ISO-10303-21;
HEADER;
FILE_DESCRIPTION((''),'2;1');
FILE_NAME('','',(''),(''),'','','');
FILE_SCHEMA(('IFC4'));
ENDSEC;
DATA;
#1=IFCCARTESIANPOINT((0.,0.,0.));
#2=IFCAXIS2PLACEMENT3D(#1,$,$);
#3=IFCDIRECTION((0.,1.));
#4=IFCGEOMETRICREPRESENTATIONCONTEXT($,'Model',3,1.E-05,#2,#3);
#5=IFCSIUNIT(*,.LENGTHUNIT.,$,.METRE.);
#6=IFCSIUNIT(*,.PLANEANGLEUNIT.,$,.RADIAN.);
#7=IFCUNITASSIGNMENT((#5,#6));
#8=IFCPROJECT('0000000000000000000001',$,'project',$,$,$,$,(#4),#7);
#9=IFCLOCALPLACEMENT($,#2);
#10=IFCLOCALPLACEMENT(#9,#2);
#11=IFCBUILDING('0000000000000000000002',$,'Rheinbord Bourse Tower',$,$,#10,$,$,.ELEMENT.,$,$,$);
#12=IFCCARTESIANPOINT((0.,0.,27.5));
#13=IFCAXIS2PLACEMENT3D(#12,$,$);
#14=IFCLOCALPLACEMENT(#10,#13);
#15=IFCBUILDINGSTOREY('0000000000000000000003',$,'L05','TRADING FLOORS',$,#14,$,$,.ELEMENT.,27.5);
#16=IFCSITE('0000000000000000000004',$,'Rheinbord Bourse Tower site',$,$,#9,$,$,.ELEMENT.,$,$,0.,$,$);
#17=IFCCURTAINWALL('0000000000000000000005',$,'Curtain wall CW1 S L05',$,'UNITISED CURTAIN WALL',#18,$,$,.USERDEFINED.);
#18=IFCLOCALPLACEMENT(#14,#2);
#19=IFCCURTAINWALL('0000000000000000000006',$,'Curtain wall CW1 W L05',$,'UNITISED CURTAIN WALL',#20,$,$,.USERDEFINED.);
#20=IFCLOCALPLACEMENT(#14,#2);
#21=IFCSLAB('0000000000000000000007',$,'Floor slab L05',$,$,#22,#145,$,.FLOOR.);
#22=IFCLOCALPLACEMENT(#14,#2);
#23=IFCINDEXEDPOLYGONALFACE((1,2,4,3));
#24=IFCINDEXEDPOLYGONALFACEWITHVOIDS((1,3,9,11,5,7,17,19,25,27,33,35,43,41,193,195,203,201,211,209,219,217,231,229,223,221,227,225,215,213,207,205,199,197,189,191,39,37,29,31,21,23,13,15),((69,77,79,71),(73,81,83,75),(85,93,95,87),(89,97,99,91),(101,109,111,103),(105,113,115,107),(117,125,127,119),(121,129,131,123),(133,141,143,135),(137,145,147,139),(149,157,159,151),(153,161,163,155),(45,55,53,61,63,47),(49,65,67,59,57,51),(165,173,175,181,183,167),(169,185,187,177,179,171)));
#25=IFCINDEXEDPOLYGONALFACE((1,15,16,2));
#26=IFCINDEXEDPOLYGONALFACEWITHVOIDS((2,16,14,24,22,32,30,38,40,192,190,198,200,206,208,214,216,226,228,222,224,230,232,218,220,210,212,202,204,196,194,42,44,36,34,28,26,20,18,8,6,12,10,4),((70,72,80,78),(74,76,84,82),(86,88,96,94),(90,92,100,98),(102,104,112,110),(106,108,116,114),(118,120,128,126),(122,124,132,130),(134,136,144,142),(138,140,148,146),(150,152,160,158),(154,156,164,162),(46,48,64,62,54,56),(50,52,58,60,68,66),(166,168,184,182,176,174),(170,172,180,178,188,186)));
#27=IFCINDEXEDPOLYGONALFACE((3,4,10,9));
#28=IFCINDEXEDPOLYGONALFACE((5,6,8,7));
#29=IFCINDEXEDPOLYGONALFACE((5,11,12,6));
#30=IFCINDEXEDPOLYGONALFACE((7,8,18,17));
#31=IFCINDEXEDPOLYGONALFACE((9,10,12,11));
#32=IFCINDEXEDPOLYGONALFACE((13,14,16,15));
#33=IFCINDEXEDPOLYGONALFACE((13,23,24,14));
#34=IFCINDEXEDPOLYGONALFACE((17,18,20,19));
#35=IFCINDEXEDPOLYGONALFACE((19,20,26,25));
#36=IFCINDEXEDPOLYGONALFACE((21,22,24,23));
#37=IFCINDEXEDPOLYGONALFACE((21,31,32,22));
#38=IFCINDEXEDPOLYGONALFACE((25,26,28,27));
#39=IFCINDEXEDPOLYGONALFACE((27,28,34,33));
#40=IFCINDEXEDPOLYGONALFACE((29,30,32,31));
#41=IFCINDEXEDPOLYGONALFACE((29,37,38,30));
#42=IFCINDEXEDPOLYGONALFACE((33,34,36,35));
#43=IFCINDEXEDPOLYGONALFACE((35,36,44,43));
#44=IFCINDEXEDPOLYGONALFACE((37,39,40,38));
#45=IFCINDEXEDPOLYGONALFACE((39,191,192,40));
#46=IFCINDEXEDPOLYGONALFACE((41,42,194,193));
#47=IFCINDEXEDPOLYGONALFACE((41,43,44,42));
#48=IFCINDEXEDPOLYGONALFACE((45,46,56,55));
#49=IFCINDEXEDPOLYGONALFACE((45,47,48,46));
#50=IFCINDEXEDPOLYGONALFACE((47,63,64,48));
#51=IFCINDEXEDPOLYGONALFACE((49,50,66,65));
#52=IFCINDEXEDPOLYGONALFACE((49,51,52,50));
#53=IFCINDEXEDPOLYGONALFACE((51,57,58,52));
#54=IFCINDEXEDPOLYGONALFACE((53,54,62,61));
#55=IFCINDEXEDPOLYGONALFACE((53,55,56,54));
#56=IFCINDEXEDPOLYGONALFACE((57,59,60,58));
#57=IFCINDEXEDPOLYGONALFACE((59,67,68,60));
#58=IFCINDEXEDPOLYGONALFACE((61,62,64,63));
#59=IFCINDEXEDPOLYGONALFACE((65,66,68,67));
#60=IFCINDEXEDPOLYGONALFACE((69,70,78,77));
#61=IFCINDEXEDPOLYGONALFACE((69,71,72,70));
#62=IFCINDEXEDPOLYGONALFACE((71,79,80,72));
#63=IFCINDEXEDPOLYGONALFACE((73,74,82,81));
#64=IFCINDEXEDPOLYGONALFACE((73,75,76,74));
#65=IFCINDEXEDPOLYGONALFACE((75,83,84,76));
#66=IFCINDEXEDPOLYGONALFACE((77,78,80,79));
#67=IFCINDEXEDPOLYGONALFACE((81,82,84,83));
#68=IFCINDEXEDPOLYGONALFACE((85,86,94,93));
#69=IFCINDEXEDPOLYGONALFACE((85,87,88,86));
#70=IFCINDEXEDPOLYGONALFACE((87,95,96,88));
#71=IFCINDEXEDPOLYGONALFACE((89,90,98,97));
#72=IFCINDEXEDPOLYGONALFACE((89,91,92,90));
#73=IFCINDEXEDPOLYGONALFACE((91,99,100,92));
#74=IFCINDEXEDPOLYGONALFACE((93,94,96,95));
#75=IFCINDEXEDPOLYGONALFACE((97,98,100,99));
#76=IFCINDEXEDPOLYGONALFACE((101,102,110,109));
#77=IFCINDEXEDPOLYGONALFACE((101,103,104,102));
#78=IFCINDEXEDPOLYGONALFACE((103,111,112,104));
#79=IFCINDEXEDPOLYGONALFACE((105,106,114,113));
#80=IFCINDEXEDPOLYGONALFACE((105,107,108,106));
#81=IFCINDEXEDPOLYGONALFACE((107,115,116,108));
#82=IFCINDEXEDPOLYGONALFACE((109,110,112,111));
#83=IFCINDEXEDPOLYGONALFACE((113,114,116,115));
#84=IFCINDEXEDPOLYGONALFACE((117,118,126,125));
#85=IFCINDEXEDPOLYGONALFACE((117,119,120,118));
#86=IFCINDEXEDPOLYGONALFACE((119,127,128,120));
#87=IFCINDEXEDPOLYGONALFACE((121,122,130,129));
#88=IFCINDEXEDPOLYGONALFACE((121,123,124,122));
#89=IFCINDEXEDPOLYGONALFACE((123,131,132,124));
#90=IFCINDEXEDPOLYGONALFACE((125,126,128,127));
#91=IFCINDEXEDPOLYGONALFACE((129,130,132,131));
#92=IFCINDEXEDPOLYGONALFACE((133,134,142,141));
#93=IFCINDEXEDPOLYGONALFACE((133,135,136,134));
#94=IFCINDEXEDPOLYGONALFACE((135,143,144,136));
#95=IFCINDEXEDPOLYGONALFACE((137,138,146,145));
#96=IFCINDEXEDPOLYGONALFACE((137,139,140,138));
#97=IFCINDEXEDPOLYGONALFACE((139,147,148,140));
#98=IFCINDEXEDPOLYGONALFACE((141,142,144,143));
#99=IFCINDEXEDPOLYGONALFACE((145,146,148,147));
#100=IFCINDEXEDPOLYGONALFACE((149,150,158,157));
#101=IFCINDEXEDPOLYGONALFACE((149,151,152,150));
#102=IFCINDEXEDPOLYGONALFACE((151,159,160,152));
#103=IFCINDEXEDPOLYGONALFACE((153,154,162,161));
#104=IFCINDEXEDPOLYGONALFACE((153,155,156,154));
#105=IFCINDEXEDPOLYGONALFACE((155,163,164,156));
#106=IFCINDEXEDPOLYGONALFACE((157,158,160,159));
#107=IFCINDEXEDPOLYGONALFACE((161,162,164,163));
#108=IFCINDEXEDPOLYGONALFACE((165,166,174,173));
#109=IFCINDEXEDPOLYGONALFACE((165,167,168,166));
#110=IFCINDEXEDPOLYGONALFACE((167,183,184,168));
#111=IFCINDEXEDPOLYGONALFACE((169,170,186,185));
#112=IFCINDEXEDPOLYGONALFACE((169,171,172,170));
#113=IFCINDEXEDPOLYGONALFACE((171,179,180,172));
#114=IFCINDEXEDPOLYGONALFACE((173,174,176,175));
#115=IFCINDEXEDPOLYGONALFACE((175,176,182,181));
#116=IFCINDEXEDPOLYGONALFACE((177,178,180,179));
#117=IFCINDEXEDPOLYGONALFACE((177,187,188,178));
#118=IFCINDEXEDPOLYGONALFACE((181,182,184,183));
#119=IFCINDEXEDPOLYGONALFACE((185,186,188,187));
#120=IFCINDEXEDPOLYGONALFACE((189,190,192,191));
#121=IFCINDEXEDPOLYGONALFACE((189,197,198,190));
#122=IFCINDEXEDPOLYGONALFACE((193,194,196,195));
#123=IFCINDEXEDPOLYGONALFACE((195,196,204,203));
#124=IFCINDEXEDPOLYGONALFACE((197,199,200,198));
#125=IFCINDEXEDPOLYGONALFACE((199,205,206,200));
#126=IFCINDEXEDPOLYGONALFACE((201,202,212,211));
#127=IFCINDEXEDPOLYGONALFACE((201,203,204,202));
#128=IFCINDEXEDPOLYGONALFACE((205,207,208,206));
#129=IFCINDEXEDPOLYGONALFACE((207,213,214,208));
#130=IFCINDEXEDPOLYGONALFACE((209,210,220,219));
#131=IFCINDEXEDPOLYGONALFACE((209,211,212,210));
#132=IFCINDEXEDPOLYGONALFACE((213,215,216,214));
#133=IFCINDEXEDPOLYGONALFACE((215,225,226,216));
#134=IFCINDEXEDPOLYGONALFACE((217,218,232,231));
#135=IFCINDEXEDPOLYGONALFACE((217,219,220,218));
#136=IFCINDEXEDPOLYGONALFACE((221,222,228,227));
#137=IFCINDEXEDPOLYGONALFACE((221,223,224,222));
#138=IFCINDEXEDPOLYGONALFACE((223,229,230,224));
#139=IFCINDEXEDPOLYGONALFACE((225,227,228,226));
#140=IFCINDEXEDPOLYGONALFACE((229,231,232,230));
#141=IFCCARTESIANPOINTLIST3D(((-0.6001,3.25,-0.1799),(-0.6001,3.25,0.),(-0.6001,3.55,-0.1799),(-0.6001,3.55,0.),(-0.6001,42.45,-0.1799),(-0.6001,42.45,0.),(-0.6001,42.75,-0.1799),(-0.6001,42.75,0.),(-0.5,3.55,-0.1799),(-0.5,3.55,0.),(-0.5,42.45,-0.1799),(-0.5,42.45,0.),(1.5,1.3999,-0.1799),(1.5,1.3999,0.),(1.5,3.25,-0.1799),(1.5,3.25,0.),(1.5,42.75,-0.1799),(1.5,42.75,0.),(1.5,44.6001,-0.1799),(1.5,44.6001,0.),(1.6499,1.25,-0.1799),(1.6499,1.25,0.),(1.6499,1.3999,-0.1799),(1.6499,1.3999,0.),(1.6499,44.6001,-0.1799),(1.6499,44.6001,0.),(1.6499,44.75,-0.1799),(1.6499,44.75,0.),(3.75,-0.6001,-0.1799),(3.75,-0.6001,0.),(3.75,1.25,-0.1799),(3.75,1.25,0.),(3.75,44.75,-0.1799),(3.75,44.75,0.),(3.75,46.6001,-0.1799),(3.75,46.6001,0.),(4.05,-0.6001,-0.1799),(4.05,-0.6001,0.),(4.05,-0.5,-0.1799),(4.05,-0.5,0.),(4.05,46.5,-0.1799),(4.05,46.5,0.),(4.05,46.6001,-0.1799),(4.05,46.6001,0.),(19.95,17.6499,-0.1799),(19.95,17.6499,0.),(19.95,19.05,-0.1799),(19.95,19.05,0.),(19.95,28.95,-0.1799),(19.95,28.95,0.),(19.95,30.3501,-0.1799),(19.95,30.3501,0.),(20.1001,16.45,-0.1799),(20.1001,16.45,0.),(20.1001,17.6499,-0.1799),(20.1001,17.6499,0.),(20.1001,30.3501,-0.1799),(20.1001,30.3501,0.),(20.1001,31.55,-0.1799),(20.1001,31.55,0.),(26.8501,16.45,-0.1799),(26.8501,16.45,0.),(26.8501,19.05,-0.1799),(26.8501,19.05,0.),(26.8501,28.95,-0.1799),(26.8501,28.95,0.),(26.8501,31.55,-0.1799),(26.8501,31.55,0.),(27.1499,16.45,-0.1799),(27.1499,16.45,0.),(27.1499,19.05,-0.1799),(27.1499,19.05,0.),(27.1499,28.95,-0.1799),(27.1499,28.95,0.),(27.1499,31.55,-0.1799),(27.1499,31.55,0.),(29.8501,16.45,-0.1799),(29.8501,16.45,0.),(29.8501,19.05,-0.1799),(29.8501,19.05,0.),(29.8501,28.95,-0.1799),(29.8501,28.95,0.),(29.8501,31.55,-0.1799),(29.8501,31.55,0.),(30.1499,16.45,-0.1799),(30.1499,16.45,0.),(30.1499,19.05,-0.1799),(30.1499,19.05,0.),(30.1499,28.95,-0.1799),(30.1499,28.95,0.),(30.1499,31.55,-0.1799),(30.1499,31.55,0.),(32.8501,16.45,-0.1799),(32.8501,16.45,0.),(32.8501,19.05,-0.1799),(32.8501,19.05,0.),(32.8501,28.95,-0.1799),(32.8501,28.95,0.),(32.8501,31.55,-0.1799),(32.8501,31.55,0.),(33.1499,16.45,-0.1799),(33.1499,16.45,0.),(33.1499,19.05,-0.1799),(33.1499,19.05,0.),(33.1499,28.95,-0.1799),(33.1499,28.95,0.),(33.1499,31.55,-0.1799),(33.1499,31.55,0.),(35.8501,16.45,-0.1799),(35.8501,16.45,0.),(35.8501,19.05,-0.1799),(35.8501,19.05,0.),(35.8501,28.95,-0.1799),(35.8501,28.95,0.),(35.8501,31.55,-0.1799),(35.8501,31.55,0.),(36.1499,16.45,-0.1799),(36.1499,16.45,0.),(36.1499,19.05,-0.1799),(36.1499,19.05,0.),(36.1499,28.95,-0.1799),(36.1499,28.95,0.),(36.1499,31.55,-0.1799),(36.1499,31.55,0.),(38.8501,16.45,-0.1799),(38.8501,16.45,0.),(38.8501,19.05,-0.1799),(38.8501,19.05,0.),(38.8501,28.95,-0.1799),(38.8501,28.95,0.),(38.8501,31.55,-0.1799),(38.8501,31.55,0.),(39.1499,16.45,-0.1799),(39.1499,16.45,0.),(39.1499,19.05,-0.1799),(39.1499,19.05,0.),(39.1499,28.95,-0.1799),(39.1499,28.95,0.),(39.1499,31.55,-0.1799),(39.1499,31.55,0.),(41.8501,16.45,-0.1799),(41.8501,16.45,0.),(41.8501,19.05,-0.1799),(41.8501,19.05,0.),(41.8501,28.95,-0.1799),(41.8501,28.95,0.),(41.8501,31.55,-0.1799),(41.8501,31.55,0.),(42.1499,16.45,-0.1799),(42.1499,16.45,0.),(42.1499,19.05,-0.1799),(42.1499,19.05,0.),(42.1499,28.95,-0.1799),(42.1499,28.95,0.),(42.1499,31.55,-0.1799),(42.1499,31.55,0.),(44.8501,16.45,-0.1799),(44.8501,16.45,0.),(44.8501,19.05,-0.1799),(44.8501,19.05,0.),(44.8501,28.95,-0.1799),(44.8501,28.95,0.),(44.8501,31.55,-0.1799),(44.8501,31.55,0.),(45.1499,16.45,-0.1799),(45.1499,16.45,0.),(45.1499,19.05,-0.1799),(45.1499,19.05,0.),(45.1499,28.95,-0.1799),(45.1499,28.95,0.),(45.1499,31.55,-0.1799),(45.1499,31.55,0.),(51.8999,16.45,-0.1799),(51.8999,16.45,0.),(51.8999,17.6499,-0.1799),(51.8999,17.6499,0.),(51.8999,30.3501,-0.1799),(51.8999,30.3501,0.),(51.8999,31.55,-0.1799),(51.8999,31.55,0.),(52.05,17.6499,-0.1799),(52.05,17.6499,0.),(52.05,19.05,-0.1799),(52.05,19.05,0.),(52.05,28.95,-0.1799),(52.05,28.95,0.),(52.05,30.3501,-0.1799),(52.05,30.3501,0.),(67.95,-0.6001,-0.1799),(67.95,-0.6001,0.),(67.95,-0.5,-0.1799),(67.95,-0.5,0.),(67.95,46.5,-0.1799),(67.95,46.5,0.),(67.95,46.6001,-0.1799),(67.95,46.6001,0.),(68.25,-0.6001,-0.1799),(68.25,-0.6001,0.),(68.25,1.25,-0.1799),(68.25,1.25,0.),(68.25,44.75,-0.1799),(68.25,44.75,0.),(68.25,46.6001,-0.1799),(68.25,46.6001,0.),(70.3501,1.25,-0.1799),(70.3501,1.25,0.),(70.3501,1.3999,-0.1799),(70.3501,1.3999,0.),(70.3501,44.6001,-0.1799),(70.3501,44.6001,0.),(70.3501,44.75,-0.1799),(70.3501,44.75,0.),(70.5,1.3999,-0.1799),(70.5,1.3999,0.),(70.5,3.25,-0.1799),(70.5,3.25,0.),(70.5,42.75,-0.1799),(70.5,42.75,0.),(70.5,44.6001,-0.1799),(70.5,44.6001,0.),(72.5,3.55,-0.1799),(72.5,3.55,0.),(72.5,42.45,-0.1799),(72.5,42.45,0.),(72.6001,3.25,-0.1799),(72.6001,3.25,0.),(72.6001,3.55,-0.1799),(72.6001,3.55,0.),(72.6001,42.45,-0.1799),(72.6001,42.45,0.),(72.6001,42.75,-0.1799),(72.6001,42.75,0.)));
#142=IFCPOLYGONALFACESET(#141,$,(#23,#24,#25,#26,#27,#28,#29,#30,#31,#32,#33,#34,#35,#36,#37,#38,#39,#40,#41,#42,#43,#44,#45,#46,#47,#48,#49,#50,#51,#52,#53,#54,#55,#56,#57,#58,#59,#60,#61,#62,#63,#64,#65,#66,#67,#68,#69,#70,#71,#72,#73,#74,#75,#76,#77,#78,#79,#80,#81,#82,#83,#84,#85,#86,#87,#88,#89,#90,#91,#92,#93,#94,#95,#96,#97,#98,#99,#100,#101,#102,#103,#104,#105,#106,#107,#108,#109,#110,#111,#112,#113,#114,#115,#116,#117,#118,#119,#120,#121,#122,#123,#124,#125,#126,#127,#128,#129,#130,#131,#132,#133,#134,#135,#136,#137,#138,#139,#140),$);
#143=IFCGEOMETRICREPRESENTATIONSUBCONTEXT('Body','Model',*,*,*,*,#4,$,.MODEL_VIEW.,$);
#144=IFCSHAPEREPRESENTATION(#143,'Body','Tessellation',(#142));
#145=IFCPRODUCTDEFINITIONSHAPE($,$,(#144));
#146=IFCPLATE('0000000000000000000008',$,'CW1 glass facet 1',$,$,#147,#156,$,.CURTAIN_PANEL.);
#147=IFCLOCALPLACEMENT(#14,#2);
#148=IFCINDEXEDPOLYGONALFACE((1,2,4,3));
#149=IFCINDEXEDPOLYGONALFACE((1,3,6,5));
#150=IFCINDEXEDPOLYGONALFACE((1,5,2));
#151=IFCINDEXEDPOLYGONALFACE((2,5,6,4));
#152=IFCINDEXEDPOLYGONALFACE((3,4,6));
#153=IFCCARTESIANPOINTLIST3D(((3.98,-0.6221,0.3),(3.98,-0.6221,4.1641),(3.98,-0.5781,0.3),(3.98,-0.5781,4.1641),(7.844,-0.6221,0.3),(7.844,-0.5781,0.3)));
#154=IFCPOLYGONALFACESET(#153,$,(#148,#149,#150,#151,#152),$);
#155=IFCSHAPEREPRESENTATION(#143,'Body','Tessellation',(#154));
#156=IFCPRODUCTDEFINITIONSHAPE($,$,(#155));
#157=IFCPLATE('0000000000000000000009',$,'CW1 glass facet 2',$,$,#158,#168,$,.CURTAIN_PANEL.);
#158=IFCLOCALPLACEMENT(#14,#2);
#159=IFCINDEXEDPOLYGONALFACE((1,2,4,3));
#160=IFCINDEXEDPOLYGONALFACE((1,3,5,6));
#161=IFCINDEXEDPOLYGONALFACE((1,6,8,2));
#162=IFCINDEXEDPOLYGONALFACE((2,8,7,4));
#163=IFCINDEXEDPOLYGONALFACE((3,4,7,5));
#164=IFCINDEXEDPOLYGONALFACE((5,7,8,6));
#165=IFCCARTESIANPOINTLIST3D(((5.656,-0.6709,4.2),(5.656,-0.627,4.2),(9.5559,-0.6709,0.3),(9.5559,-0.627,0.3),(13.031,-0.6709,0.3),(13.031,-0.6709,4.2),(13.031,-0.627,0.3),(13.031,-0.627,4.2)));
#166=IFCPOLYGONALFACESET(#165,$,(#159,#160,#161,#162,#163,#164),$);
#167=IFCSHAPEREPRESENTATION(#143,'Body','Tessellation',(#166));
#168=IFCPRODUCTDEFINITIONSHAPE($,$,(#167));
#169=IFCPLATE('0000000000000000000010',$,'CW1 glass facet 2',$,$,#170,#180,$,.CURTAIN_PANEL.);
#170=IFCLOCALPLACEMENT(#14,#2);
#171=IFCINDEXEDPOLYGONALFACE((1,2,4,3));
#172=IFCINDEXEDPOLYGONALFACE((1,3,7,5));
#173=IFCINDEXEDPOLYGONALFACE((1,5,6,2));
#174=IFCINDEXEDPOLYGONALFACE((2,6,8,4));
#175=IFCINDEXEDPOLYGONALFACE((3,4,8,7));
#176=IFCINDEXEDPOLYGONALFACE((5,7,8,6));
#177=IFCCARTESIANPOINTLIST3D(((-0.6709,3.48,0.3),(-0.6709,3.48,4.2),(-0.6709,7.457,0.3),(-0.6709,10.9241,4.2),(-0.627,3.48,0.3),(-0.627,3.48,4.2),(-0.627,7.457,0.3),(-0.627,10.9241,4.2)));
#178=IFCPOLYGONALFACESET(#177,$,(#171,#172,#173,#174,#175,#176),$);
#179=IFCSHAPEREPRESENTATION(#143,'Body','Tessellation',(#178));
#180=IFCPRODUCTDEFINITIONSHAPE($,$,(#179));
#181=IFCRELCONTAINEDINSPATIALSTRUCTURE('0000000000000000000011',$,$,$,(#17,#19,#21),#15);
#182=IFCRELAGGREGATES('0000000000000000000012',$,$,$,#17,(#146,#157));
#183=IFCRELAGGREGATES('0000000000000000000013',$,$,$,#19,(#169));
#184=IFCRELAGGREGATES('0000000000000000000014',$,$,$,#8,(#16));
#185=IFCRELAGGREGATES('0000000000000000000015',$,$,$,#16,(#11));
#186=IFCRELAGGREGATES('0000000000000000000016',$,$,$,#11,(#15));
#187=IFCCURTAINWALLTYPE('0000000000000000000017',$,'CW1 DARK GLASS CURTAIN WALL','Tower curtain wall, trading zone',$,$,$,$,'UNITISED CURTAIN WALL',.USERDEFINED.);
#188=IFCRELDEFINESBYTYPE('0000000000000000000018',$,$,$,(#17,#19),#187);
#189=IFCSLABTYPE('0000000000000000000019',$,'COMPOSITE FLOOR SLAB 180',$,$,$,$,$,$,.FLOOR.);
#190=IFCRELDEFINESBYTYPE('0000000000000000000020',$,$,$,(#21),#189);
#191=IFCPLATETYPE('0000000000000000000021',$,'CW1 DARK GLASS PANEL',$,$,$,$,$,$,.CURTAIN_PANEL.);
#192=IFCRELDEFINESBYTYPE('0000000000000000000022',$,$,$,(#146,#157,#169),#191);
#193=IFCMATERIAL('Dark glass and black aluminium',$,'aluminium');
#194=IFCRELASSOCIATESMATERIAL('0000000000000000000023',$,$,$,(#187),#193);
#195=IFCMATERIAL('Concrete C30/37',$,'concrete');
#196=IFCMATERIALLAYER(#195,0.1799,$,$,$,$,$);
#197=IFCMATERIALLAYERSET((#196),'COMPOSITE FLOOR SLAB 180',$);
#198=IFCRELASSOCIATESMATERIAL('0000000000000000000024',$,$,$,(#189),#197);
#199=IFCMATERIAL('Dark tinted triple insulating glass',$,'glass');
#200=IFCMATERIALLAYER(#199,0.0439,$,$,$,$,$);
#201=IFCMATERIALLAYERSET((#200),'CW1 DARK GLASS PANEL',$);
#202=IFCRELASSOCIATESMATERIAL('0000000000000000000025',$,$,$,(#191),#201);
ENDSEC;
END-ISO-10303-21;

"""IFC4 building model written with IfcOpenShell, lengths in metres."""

from ifc_helpers import new_model, si_unit, direction, frame, origin, place, context, subcontext, project, spatial, polyline, outline, extrude, material, layer, layer_set, type_object, element, aggregate, save


model = new_model("IFC4")

# Units and contexts
model_context = context("Model", 3, precision=1e-05, world=origin(), true_north=direction((0.0, 1.0)))
body_context = subcontext(model_context, "Body", "Model", "MODEL_VIEW")
ifc_project = project(units=[si_unit("LENGTHUNIT", "METRE"), si_unit("PLANEANGLEUNIT", "RADIAN")], contexts=[model_context])

# Site, building, storey
site_placement = place(None, origin())
site = spatial("IfcSite", under=ifc_project, at=site_placement, Name="Rheinbord Bourse Tower site", CompositionType="ELEMENT", RefElevation=0.0)
building_placement = place(site_placement, origin())
building = spatial("IfcBuilding", under=site, at=building_placement, Name="Rheinbord Bourse Tower", CompositionType="ELEMENT")
storey_placement = place(building_placement, frame((0.0, 0.0, 27.5)))
storey = spatial("IfcBuildingStorey", under=building, at=storey_placement, Name="L05", Description="TRADING FLOORS", CompositionType="ELEMENT", Elevation=27.5)

# Curtain wall
ifc_material_1 = material(Name="Dark glass and black aluminium", Category="aluminium")
curtain_wall_type = type_object("IfcCurtainWallType", Name="CW1 DARK GLASS CURTAIN WALL", Description="Tower curtain wall, trading zone", ElementType="UNITISED CURTAIN WALL", PredefinedType="USERDEFINED", material=ifc_material_1)
curtain_wall_1_placement = place(storey_placement, origin())
curtain_wall_1 = element("IfcCurtainWall", 1, at=curtain_wall_1_placement, inside=storey, type_object=curtain_wall_type, Name="Curtain wall CW1 S L05", ObjectType="UNITISED CURTAIN WALL", PredefinedType="USERDEFINED")

# Curtain wall
curtain_wall_2_placement = place(storey_placement, origin())
curtain_wall_2 = element("IfcCurtainWall", 2, at=curtain_wall_2_placement, inside=storey, type_object=curtain_wall_type, Name="Curtain wall CW1 W L05", ObjectType="UNITISED CURTAIN WALL", PredefinedType="USERDEFINED")

# Slab
ifc_material_2 = material(Name="Concrete C30/37", Category="concrete")
ifc_layer_1 = layer(ifc_material_2, 0.1799)
ifc_layer_set_1 = layer_set([ifc_layer_1], Name="COMPOSITE FLOOR SLAB 180")
slab_type_1 = type_object("IfcSlabType", Name="COMPOSITE FLOOR SLAB 180", PredefinedType="FLOOR", material=ifc_layer_set_1)
slab_1_placement = place(storey_placement, frame((0.0, 0.0, -0.1799)))
element("IfcSlab", 3, at=slab_1_placement, inside=storey, type_object=slab_type_1, Name="Floor slab L05", PredefinedType="FLOOR", context=body_context, shape_type="SweptSolid", body=[
    extrude(outline(polyline([(1.6499, 1.3999), (1.5, 1.3999), (1.5, 3.25), (-0.6001, 3.25), (-0.6001, 3.55), (-0.5, 3.55), (-0.5, 42.45), (-0.6001, 42.45), (-0.6001, 42.75), (1.5, 42.75), (1.5, 44.6001), (1.6499, 44.6001), (1.6499, 44.75), (3.75, 44.75), (3.75, 46.6001), (4.05, 46.6001), (4.05, 46.5), (67.95, 46.5), (67.95, 46.6001), (68.25, 46.6001), (68.25, 44.75), (70.3501, 44.75), (70.3501, 44.6001), (70.5, 44.6001), (70.5, 42.75), (72.6001, 42.75), (72.6001, 42.45), (72.5, 42.45), (72.5, 3.55), (72.6001, 3.55), (72.6001, 3.25), (70.5, 3.25), (70.5, 1.3999), (70.3501, 1.3999), (70.3501, 1.25), (68.25, 1.25), (68.25, -0.6001), (67.95, -0.6001), (67.95, -0.5), (4.05, -0.5), (4.05, -0.6001), (3.75, -0.6001), (3.75, 1.25), (1.6499, 1.25), (1.6499, 1.3999)]), holes=[polyline([(19.95, 19.05), (26.8501, 19.05), (26.8501, 16.45), (20.1001, 16.45), (20.1001, 17.6499), (19.95, 17.6499), (19.95, 19.05)]), polyline([(26.8501, 31.55), (26.8501, 28.95), (19.95, 28.95), (19.95, 30.3501), (20.1001, 30.3501), (20.1001, 31.55), (26.8501, 31.55)]), polyline([(45.1499, 16.45), (45.1499, 19.05), (52.05, 19.05), (52.05, 17.6499), (51.8999, 17.6499), (51.8999, 16.45), (45.1499, 16.45)]), polyline([(52.05, 28.95), (45.1499, 28.95), (45.1499, 31.55), (51.8999, 31.55), (51.8999, 30.3501), (52.05, 30.3501), (52.05, 28.95)]), polyline([(27.1499, 16.45), (27.1499, 19.05), (29.8501, 19.05), (29.8501, 16.45), (27.1499, 16.45)]), polyline([(27.1499, 28.95), (27.1499, 31.55), (29.8501, 31.55), (29.8501, 28.95), (27.1499, 28.95)]), polyline([(30.1499, 16.45), (30.1499, 19.05), (32.8501, 19.05), (32.8501, 16.45), (30.1499, 16.45)]), polyline([(30.1499, 28.95), (30.1499, 31.55), (32.8501, 31.55), (32.8501, 28.95), (30.1499, 28.95)]), polyline([(33.1499, 16.45), (33.1499, 19.05), (35.8501, 19.05), (35.8501, 16.45), (33.1499, 16.45)]), polyline([(33.1499, 28.95), (33.1499, 31.55), (35.8501, 31.55), (35.8501, 28.95), (33.1499, 28.95)]), polyline([(36.1499, 16.45), (36.1499, 19.05), (38.8501, 19.05), (38.8501, 16.45), (36.1499, 16.45)]), polyline([(36.1499, 28.95), (36.1499, 31.55), (38.8501, 31.55), (38.8501, 28.95), (36.1499, 28.95)]), polyline([(39.1499, 16.45), (39.1499, 19.05), (41.8501, 19.05), (41.8501, 16.45), (39.1499, 16.45)]), polyline([(39.1499, 28.95), (39.1499, 31.55), (41.8501, 31.55), (41.8501, 28.95), (39.1499, 28.95)]), polyline([(42.1499, 16.45), (42.1499, 19.05), (44.8501, 19.05), (44.8501, 16.45), (42.1499, 16.45)]), polyline([(42.1499, 28.95), (42.1499, 31.55), (44.8501, 31.55), (44.8501, 28.95), (42.1499, 28.95)])]), origin(), (0.0, 0.0, 1.0), 0.1799),
])

# Plates
ifc_material_3 = material(Name="Dark tinted triple insulating glass", Category="glass")
ifc_layer_2 = layer(ifc_material_3, 0.0439)
ifc_layer_set_2 = layer_set([ifc_layer_2], Name="CW1 DARK GLASS PANEL")
plate_type = type_object("IfcPlateType", Name="CW1 DARK GLASS PANEL", PredefinedType="CURTAIN_PANEL", material=ifc_layer_set_2)
plate_1_placement = place(storey_placement, frame((3.98, -0.6221, 0.3), z_axis=(0.0, 1.0, 0.0), x_axis=(0.0, 0.0, 1.0)))
plate_1 = element("IfcPlate", 4, at=plate_1_placement, type_object=plate_type, Name="CW1 glass facet 1", PredefinedType="CURTAIN_PANEL", context=body_context, shape_type="SweptSolid", body=[
    extrude(outline(polyline([(0.0, 0.0), (3.864, 0.0), (0.0, 3.864), (0.0, 0.0)])), origin(), (0.0, 0.0, 1.0), 0.0439),
])
plate_2_placement = place(storey_placement, frame((13.031, -0.6709, 4.2), z_axis=(0.0, 1.0, 0.0), x_axis=(0.0, 0.0, -1.0)))
plate_2 = element("IfcPlate", 5, at=plate_2_placement, type_object=plate_type, Name="CW1 glass facet 2", PredefinedType="CURTAIN_PANEL", context=body_context, shape_type="SweptSolid", body=[
    extrude(outline(polyline([(0.0, 0.0), (3.8999, 0.0), (3.8999, 3.4751), (0.0, 7.375), (0.0, 0.0)])), origin(), (0.0, 0.0, 1.0), 0.0439),
])
aggregate(curtain_wall_1, [plate_1, plate_2])
plate_3_placement = place(storey_placement, frame((-0.6709, 3.48, 4.2), z_axis=(1.0, 0.0, 0.0), x_axis=(0.0, 0.0, -1.0)))
plate_3 = element("IfcPlate", 6, at=plate_3_placement, type_object=plate_type, Name="CW1 glass facet 2", PredefinedType="CURTAIN_PANEL", context=body_context, shape_type="SweptSolid", body=[
    extrude(outline(polyline([(0.0, 0.0), (3.8999, 0.0), (3.8999, 3.9771), (0.0, 7.4441), (0.0, 0.0)])), origin(), (0.0, 0.0, 1.0), 0.0439),
])
aggregate(curtain_wall_2, [plate_3])

save(model, "model.ifc")
